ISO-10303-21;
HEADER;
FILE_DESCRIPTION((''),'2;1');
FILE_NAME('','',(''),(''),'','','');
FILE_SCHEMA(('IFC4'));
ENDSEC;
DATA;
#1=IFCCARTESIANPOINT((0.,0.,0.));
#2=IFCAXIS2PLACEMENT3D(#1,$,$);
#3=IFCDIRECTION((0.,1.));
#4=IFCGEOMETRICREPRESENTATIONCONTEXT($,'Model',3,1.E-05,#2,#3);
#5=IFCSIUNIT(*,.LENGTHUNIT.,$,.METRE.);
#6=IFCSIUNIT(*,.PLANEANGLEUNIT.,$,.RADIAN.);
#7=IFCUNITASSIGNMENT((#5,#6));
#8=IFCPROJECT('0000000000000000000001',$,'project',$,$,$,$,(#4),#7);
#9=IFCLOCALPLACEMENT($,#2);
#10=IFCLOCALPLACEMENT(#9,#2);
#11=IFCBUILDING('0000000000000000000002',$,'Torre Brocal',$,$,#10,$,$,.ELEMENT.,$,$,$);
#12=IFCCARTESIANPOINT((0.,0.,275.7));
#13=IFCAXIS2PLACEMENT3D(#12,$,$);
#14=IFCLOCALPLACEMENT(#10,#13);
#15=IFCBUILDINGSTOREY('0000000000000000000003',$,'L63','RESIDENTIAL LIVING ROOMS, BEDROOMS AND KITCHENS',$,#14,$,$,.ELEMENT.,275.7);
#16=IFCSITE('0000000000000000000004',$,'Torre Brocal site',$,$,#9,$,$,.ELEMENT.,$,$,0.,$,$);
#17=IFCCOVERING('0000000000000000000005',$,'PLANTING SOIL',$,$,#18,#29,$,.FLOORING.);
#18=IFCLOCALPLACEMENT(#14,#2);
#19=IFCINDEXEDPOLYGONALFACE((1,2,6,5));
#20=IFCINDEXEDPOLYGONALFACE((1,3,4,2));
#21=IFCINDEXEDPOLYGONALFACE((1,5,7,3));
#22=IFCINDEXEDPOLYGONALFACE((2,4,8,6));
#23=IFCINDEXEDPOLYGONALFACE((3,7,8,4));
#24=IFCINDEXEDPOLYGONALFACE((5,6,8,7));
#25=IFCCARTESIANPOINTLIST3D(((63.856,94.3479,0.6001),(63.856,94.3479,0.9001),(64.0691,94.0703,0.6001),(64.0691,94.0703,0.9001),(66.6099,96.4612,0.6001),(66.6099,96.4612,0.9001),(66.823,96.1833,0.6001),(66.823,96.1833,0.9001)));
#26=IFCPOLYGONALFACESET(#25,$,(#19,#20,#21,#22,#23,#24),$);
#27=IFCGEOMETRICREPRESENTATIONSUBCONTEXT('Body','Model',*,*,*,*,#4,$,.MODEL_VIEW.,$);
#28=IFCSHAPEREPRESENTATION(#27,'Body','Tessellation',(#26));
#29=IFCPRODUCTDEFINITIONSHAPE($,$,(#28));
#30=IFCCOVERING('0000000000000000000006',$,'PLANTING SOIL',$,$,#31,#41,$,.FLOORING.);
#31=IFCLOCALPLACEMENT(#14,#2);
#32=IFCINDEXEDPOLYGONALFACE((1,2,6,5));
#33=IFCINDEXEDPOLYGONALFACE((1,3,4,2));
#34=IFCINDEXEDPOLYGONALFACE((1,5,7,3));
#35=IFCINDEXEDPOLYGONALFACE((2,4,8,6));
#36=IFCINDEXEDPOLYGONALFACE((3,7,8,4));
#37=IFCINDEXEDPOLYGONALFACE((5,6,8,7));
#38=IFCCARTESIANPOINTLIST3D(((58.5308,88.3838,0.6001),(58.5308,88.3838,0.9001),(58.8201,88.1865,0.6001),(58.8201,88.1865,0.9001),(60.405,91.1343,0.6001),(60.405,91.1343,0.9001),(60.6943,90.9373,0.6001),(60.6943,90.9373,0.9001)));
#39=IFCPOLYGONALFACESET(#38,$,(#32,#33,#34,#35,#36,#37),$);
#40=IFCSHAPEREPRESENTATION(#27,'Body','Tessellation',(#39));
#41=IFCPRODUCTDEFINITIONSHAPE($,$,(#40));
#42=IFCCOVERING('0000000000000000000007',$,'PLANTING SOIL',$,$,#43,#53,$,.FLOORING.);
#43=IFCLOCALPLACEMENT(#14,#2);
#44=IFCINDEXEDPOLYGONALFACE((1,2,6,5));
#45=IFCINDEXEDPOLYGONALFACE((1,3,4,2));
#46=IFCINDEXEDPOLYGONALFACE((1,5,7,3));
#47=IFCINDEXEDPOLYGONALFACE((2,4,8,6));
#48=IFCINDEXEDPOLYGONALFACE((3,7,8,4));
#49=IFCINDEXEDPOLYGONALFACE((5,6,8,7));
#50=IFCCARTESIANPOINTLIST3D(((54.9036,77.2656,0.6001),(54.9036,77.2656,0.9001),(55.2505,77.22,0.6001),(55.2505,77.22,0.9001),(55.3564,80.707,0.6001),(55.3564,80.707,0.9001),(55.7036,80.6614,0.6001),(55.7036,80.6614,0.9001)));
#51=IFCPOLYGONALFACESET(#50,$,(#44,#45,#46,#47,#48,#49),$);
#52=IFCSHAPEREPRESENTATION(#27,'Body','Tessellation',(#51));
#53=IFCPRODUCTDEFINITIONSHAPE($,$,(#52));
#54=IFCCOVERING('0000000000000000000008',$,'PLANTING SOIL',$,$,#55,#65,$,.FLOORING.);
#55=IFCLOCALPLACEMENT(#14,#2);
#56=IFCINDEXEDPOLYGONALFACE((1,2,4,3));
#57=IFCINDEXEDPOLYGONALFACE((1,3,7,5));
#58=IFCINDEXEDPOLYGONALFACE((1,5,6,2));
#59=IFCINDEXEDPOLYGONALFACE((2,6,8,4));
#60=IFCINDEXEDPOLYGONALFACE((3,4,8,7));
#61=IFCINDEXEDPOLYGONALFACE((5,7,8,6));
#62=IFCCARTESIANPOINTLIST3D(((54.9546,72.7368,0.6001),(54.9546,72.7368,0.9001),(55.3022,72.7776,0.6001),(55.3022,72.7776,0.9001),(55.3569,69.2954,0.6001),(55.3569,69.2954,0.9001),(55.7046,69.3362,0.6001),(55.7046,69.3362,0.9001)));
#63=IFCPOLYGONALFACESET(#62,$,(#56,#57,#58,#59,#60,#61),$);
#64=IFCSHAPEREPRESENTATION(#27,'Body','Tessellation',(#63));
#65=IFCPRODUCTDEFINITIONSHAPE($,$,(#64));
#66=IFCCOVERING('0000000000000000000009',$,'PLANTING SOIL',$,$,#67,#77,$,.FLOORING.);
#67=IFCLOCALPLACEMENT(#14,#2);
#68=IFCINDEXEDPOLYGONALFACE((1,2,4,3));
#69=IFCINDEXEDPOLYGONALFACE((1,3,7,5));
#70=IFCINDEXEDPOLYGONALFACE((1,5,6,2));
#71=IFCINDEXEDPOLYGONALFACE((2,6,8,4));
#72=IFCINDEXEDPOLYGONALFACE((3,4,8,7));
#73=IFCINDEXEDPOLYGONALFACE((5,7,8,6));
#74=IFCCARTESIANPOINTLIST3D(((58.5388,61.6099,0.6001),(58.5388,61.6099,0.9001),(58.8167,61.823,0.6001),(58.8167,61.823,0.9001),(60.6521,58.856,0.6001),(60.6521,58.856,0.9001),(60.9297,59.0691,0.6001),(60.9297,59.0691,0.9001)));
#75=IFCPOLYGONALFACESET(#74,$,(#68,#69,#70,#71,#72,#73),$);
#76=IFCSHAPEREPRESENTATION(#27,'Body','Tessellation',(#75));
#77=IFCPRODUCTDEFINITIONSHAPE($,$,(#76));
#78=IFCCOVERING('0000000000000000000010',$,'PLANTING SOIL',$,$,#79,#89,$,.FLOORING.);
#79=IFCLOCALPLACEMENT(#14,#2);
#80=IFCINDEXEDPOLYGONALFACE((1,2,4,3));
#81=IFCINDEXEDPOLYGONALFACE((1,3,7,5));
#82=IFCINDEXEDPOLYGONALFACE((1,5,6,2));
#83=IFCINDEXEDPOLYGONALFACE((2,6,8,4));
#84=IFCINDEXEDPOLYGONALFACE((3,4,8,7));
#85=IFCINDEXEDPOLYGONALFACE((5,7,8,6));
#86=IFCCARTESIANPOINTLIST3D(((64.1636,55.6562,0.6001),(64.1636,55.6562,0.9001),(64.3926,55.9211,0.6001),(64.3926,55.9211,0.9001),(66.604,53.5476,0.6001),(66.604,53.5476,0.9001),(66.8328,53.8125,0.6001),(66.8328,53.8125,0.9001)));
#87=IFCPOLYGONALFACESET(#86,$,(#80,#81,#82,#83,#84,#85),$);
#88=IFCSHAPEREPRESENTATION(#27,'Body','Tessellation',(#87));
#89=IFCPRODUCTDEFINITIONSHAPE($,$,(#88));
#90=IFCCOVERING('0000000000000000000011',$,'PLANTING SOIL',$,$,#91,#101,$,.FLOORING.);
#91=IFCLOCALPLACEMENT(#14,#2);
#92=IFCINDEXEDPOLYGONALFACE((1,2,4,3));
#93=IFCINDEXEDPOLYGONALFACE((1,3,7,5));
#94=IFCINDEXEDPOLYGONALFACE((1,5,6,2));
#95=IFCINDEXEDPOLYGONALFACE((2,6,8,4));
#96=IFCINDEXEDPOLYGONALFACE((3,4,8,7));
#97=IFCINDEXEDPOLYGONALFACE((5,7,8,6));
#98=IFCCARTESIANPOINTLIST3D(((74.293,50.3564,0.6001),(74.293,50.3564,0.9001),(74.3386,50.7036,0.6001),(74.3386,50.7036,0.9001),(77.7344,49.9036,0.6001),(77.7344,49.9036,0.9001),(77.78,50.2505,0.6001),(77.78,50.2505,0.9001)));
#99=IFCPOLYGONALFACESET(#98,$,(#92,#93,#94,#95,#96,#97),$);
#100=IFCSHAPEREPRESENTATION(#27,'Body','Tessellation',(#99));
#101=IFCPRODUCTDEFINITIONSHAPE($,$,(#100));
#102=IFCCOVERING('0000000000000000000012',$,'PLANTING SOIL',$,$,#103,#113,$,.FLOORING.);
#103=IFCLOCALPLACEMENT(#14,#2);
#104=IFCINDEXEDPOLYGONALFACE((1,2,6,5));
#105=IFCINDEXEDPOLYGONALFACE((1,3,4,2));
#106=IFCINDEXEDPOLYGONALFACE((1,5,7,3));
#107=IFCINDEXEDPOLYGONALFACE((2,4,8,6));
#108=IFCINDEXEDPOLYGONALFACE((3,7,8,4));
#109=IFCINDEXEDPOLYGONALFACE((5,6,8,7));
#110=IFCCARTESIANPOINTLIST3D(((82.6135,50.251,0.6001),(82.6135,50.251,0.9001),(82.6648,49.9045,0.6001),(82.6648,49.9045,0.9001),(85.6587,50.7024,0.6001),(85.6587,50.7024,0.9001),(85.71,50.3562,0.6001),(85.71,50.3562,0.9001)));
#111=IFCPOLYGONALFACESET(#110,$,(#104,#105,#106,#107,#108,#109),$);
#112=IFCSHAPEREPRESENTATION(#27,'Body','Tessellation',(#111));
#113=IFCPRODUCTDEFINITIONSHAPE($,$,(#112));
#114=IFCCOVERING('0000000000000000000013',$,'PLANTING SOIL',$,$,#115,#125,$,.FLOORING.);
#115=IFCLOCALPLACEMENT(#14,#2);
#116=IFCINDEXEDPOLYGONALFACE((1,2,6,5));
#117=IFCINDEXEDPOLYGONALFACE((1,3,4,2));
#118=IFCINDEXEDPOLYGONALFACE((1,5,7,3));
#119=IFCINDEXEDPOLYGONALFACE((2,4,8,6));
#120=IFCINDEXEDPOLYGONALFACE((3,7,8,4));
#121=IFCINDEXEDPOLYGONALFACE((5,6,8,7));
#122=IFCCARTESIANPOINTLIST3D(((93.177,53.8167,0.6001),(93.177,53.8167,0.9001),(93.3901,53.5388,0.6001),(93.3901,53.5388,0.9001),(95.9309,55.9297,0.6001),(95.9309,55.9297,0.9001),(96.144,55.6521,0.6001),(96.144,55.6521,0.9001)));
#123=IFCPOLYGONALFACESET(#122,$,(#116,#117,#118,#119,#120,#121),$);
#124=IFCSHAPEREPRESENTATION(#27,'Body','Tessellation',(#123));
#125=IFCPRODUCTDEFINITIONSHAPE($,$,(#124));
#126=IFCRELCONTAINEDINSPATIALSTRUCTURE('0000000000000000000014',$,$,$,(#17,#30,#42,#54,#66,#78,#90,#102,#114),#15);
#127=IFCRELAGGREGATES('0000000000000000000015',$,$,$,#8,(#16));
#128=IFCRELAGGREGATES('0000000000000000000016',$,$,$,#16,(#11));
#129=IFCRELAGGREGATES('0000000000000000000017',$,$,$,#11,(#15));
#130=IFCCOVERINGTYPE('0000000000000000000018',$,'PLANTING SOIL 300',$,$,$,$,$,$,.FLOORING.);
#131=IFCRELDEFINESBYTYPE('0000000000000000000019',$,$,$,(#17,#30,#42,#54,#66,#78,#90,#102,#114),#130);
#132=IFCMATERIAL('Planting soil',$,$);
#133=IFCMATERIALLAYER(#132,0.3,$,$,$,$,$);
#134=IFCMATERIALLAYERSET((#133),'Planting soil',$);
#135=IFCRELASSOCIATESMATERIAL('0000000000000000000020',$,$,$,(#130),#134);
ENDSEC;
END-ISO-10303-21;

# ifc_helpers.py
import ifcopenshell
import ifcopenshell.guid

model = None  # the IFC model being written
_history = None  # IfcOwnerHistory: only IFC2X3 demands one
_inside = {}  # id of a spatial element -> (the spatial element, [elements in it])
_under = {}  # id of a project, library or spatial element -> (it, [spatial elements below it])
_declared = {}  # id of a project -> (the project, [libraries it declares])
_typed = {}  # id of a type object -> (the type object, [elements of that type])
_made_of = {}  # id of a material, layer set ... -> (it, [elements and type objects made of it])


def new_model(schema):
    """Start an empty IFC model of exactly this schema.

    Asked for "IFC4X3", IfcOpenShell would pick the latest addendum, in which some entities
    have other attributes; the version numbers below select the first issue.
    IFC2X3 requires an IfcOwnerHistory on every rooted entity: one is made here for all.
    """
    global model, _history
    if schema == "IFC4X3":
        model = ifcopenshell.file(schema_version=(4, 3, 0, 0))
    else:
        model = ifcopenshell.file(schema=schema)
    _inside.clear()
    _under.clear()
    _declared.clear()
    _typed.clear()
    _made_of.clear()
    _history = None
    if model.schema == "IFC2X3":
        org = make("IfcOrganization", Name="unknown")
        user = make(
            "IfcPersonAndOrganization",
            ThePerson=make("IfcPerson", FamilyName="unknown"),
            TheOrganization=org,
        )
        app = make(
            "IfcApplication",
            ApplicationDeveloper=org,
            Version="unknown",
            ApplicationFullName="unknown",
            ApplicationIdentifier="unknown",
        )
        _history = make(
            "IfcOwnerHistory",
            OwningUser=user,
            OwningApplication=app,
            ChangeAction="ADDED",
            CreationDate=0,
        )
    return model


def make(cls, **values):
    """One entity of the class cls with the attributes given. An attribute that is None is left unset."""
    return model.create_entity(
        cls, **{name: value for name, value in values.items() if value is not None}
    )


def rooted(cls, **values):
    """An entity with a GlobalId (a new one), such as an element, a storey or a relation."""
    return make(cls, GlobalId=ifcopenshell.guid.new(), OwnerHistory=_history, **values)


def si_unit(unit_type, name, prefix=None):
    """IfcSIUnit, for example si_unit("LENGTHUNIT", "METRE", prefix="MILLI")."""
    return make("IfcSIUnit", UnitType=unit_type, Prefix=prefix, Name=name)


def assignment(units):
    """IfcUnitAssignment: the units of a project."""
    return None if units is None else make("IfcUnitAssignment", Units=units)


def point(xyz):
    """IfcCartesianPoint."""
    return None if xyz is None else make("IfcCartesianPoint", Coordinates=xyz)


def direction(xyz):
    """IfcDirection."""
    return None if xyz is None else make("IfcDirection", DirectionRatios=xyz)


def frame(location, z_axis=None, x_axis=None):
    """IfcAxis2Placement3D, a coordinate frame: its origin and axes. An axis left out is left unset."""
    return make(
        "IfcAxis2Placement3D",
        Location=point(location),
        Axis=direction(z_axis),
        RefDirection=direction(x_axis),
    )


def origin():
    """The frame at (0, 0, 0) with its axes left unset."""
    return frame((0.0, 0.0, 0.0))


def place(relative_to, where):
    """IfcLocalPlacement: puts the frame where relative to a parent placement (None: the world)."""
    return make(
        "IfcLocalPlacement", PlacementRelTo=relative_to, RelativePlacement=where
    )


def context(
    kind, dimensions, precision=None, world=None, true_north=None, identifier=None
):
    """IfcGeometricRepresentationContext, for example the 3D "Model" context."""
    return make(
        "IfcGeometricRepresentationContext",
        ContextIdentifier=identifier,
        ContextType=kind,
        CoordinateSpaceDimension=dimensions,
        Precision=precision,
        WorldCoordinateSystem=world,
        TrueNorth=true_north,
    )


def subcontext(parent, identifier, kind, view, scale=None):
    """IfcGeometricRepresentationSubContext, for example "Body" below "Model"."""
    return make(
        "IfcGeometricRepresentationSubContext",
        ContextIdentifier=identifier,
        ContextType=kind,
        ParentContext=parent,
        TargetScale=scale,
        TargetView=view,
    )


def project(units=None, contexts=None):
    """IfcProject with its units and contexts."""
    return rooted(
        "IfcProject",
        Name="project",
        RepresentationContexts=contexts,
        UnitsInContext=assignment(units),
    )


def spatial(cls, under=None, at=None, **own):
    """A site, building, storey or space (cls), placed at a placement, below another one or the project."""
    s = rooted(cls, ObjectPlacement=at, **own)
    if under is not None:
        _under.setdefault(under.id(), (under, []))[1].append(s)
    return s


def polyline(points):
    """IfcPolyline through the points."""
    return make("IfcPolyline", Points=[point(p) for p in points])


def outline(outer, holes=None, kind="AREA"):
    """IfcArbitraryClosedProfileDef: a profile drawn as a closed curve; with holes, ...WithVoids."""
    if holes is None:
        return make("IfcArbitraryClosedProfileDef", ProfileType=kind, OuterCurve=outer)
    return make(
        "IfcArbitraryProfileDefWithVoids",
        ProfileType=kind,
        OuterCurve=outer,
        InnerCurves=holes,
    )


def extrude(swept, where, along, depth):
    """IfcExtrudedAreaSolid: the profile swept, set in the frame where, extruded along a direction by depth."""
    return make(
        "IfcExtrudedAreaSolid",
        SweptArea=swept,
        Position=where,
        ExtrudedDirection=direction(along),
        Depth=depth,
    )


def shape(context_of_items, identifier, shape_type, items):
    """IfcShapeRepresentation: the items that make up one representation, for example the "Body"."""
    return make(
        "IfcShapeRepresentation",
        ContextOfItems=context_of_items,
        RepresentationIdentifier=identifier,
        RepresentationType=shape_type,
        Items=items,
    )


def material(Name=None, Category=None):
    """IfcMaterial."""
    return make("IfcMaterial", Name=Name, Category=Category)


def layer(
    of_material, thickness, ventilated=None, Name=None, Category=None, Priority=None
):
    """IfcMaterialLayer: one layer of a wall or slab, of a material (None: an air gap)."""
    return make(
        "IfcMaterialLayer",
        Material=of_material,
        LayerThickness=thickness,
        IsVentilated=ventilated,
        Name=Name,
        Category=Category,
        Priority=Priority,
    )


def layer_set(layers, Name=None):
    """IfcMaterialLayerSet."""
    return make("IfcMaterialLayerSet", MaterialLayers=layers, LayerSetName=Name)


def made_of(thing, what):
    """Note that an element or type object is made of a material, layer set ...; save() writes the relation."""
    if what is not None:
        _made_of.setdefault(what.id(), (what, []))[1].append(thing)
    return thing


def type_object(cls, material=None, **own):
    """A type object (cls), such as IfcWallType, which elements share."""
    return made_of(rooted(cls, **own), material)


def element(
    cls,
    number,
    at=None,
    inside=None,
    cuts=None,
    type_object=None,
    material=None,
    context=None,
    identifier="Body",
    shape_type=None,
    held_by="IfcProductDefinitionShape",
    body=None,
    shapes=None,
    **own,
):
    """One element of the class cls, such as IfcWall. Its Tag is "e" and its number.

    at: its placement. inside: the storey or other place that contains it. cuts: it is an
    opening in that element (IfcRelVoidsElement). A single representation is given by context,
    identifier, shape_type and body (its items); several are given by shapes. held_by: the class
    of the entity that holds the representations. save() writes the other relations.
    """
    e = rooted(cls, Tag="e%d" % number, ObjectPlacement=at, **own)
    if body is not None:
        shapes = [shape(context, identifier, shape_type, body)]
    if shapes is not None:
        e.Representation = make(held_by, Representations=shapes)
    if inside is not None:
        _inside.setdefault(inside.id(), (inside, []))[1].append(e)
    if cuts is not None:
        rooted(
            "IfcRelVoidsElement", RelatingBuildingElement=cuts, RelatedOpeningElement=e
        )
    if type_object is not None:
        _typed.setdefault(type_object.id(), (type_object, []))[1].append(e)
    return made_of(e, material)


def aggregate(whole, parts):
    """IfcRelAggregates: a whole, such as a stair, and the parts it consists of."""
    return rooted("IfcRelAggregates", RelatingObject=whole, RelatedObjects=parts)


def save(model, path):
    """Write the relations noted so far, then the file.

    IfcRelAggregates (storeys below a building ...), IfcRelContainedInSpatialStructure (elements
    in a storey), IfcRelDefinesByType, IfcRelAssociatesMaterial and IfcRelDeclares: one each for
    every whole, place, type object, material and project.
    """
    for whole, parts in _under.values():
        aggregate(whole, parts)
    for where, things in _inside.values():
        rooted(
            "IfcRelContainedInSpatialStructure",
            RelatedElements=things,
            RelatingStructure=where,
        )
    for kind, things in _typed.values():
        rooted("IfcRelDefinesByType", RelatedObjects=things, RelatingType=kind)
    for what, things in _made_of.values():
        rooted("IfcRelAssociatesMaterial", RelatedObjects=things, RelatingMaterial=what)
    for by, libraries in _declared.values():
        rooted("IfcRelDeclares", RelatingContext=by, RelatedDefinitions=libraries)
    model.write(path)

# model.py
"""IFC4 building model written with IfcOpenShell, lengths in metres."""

from ifc_helpers import new_model, si_unit, direction, frame, origin, place, context, subcontext, project, spatial, polyline, outline, extrude, material, layer, layer_set, type_object, element, save


model = new_model("IFC4")

# Units and contexts
model_context = context("Model", 3, precision=1e-05, world=origin(), true_north=direction((0.0, 1.0)))
body_context = subcontext(model_context, "Body", "Model", "MODEL_VIEW")
ifc_project = project(units=[si_unit("LENGTHUNIT", "METRE"), si_unit("PLANEANGLEUNIT", "RADIAN")], contexts=[model_context])

# Site, building, storey
site_placement = place(None, origin())
site = spatial("IfcSite", under=ifc_project, at=site_placement, Name="Torre Brocal site", CompositionType="ELEMENT", RefElevation=0.0)
building_placement = place(site_placement, origin())
building = spatial("IfcBuilding", under=site, at=building_placement, Name="Torre Brocal", CompositionType="ELEMENT")
storey_placement = place(building_placement, frame((0.0, 0.0, 275.7)))
storey = spatial("IfcBuildingStorey", under=building, at=storey_placement, Name="L63", Description="RESIDENTIAL LIVING ROOMS, BEDROOMS AND KITCHENS", CompositionType="ELEMENT", Elevation=275.7)

# Coverings
ifc_material_1 = material(Name="Planting soil")
ifc_layer_1 = layer(ifc_material_1, 0.3)
ifc_layer_set_1 = layer_set([ifc_layer_1], Name="Planting soil")
covering_type = type_object("IfcCoveringType", Name="PLANTING SOIL 300", PredefinedType="FLOORING", material=ifc_layer_set_1)
covering_1_placement = place(storey_placement, frame((0.0, 0.0, 0.6001)))
element("IfcCovering", 1, at=covering_1_placement, inside=storey, type_object=covering_type, Name="PLANTING SOIL", PredefinedType="FLOORING", context=body_context, shape_type="SweptSolid", body=[
    extrude(outline(polyline([(66.823, 96.1833), (64.0691, 94.0703), (63.856, 94.3479), (66.6099, 96.4612), (66.823, 96.1833)])), origin(), (0.0, 0.0, 1.0), 0.3),
])
covering_2_placement = place(storey_placement, frame((0.0, 0.0, 0.6001)))
element("IfcCovering", 2, at=covering_2_placement, inside=storey, type_object=covering_type, Name="PLANTING SOIL", PredefinedType="FLOORING", context=body_context, shape_type="SweptSolid", body=[
    extrude(outline(polyline([(60.6943, 90.9373), (58.8201, 88.1865), (58.5308, 88.3838), (60.405, 91.1343), (60.6943, 90.9373)])), origin(), (0.0, 0.0, 1.0), 0.3),
])
covering_3_placement = place(storey_placement, frame((0.0, 0.0, 0.6001)))
element("IfcCovering", 3, at=covering_3_placement, inside=storey, type_object=covering_type, Name="PLANTING SOIL", PredefinedType="FLOORING", context=body_context, shape_type="SweptSolid", body=[
    extrude(outline(polyline([(55.7036, 80.6614), (55.2505, 77.22), (54.9036, 77.2656), (55.3564, 80.707), (55.7036, 80.6614)])), origin(), (0.0, 0.0, 1.0), 0.3),
])
covering_4_placement = place(storey_placement, frame((0.0, 0.0, 0.6001)))
element("IfcCovering", 4, at=covering_4_placement, inside=storey, type_object=covering_type, Name="PLANTING SOIL", PredefinedType="FLOORING", context=body_context, shape_type="SweptSolid", body=[
    extrude(outline(polyline([(55.3022, 72.7776), (55.7046, 69.3362), (55.3569, 69.2954), (54.9546, 72.7368), (55.3022, 72.7776)])), origin(), (0.0, 0.0, 1.0), 0.3),
])
covering_5_placement = place(storey_placement, frame((0.0, 0.0, 0.6001)))
element("IfcCovering", 5, at=covering_5_placement, inside=storey, type_object=covering_type, Name="PLANTING SOIL", PredefinedType="FLOORING", context=body_context, shape_type="SweptSolid", body=[
    extrude(outline(polyline([(58.8167, 61.823), (60.9297, 59.0691), (60.6521, 58.856), (58.5388, 61.6099), (58.8167, 61.823)])), origin(), (0.0, 0.0, 1.0), 0.3),
])
covering_6_placement = place(storey_placement, frame((0.0, 0.0, 0.6001)))
element("IfcCovering", 6, at=covering_6_placement, inside=storey, type_object=covering_type, Name="PLANTING SOIL", PredefinedType="FLOORING", context=body_context, shape_type="SweptSolid", body=[
    extrude(outline(polyline([(64.3926, 55.9211), (66.8328, 53.8125), (66.604, 53.5476), (64.1636, 55.6562), (64.3926, 55.9211)])), origin(), (0.0, 0.0, 1.0), 0.3),
])
covering_7_placement = place(storey_placement, frame((0.0, 0.0, 0.6001)))
element("IfcCovering", 7, at=covering_7_placement, inside=storey, type_object=covering_type, Name="PLANTING SOIL", PredefinedType="FLOORING", context=body_context, shape_type="SweptSolid", body=[
    extrude(outline(polyline([(74.3386, 50.7036), (77.78, 50.2505), (77.7344, 49.9036), (74.293, 50.3564), (74.3386, 50.7036)])), origin(), (0.0, 0.0, 1.0), 0.3),
])
covering_8_placement = place(storey_placement, frame((0.0, 0.0, 0.6001)))
element("IfcCovering", 8, at=covering_8_placement, inside=storey, type_object=covering_type, Name="PLANTING SOIL", PredefinedType="FLOORING", context=body_context, shape_type="SweptSolid", body=[
    extrude(outline(polyline([(82.6135, 50.251), (85.6587, 50.7024), (85.71, 50.3562), (82.6648, 49.9045), (82.6135, 50.251)])), origin(), (0.0, 0.0, 1.0), 0.3),
])
covering_9_placement = place(storey_placement, frame((0.0, 0.0, 0.6001)))
element("IfcCovering", 9, at=covering_9_placement, inside=storey, type_object=covering_type, Name="PLANTING SOIL", PredefinedType="FLOORING", context=body_context, shape_type="SweptSolid", body=[
    extrude(outline(polyline([(93.177, 53.8167), (95.9309, 55.9297), (96.144, 55.6521), (93.3901, 53.5388), (93.177, 53.8167)])), origin(), (0.0, 0.0, 1.0), 0.3),
])

save(model, "model.ifc")
